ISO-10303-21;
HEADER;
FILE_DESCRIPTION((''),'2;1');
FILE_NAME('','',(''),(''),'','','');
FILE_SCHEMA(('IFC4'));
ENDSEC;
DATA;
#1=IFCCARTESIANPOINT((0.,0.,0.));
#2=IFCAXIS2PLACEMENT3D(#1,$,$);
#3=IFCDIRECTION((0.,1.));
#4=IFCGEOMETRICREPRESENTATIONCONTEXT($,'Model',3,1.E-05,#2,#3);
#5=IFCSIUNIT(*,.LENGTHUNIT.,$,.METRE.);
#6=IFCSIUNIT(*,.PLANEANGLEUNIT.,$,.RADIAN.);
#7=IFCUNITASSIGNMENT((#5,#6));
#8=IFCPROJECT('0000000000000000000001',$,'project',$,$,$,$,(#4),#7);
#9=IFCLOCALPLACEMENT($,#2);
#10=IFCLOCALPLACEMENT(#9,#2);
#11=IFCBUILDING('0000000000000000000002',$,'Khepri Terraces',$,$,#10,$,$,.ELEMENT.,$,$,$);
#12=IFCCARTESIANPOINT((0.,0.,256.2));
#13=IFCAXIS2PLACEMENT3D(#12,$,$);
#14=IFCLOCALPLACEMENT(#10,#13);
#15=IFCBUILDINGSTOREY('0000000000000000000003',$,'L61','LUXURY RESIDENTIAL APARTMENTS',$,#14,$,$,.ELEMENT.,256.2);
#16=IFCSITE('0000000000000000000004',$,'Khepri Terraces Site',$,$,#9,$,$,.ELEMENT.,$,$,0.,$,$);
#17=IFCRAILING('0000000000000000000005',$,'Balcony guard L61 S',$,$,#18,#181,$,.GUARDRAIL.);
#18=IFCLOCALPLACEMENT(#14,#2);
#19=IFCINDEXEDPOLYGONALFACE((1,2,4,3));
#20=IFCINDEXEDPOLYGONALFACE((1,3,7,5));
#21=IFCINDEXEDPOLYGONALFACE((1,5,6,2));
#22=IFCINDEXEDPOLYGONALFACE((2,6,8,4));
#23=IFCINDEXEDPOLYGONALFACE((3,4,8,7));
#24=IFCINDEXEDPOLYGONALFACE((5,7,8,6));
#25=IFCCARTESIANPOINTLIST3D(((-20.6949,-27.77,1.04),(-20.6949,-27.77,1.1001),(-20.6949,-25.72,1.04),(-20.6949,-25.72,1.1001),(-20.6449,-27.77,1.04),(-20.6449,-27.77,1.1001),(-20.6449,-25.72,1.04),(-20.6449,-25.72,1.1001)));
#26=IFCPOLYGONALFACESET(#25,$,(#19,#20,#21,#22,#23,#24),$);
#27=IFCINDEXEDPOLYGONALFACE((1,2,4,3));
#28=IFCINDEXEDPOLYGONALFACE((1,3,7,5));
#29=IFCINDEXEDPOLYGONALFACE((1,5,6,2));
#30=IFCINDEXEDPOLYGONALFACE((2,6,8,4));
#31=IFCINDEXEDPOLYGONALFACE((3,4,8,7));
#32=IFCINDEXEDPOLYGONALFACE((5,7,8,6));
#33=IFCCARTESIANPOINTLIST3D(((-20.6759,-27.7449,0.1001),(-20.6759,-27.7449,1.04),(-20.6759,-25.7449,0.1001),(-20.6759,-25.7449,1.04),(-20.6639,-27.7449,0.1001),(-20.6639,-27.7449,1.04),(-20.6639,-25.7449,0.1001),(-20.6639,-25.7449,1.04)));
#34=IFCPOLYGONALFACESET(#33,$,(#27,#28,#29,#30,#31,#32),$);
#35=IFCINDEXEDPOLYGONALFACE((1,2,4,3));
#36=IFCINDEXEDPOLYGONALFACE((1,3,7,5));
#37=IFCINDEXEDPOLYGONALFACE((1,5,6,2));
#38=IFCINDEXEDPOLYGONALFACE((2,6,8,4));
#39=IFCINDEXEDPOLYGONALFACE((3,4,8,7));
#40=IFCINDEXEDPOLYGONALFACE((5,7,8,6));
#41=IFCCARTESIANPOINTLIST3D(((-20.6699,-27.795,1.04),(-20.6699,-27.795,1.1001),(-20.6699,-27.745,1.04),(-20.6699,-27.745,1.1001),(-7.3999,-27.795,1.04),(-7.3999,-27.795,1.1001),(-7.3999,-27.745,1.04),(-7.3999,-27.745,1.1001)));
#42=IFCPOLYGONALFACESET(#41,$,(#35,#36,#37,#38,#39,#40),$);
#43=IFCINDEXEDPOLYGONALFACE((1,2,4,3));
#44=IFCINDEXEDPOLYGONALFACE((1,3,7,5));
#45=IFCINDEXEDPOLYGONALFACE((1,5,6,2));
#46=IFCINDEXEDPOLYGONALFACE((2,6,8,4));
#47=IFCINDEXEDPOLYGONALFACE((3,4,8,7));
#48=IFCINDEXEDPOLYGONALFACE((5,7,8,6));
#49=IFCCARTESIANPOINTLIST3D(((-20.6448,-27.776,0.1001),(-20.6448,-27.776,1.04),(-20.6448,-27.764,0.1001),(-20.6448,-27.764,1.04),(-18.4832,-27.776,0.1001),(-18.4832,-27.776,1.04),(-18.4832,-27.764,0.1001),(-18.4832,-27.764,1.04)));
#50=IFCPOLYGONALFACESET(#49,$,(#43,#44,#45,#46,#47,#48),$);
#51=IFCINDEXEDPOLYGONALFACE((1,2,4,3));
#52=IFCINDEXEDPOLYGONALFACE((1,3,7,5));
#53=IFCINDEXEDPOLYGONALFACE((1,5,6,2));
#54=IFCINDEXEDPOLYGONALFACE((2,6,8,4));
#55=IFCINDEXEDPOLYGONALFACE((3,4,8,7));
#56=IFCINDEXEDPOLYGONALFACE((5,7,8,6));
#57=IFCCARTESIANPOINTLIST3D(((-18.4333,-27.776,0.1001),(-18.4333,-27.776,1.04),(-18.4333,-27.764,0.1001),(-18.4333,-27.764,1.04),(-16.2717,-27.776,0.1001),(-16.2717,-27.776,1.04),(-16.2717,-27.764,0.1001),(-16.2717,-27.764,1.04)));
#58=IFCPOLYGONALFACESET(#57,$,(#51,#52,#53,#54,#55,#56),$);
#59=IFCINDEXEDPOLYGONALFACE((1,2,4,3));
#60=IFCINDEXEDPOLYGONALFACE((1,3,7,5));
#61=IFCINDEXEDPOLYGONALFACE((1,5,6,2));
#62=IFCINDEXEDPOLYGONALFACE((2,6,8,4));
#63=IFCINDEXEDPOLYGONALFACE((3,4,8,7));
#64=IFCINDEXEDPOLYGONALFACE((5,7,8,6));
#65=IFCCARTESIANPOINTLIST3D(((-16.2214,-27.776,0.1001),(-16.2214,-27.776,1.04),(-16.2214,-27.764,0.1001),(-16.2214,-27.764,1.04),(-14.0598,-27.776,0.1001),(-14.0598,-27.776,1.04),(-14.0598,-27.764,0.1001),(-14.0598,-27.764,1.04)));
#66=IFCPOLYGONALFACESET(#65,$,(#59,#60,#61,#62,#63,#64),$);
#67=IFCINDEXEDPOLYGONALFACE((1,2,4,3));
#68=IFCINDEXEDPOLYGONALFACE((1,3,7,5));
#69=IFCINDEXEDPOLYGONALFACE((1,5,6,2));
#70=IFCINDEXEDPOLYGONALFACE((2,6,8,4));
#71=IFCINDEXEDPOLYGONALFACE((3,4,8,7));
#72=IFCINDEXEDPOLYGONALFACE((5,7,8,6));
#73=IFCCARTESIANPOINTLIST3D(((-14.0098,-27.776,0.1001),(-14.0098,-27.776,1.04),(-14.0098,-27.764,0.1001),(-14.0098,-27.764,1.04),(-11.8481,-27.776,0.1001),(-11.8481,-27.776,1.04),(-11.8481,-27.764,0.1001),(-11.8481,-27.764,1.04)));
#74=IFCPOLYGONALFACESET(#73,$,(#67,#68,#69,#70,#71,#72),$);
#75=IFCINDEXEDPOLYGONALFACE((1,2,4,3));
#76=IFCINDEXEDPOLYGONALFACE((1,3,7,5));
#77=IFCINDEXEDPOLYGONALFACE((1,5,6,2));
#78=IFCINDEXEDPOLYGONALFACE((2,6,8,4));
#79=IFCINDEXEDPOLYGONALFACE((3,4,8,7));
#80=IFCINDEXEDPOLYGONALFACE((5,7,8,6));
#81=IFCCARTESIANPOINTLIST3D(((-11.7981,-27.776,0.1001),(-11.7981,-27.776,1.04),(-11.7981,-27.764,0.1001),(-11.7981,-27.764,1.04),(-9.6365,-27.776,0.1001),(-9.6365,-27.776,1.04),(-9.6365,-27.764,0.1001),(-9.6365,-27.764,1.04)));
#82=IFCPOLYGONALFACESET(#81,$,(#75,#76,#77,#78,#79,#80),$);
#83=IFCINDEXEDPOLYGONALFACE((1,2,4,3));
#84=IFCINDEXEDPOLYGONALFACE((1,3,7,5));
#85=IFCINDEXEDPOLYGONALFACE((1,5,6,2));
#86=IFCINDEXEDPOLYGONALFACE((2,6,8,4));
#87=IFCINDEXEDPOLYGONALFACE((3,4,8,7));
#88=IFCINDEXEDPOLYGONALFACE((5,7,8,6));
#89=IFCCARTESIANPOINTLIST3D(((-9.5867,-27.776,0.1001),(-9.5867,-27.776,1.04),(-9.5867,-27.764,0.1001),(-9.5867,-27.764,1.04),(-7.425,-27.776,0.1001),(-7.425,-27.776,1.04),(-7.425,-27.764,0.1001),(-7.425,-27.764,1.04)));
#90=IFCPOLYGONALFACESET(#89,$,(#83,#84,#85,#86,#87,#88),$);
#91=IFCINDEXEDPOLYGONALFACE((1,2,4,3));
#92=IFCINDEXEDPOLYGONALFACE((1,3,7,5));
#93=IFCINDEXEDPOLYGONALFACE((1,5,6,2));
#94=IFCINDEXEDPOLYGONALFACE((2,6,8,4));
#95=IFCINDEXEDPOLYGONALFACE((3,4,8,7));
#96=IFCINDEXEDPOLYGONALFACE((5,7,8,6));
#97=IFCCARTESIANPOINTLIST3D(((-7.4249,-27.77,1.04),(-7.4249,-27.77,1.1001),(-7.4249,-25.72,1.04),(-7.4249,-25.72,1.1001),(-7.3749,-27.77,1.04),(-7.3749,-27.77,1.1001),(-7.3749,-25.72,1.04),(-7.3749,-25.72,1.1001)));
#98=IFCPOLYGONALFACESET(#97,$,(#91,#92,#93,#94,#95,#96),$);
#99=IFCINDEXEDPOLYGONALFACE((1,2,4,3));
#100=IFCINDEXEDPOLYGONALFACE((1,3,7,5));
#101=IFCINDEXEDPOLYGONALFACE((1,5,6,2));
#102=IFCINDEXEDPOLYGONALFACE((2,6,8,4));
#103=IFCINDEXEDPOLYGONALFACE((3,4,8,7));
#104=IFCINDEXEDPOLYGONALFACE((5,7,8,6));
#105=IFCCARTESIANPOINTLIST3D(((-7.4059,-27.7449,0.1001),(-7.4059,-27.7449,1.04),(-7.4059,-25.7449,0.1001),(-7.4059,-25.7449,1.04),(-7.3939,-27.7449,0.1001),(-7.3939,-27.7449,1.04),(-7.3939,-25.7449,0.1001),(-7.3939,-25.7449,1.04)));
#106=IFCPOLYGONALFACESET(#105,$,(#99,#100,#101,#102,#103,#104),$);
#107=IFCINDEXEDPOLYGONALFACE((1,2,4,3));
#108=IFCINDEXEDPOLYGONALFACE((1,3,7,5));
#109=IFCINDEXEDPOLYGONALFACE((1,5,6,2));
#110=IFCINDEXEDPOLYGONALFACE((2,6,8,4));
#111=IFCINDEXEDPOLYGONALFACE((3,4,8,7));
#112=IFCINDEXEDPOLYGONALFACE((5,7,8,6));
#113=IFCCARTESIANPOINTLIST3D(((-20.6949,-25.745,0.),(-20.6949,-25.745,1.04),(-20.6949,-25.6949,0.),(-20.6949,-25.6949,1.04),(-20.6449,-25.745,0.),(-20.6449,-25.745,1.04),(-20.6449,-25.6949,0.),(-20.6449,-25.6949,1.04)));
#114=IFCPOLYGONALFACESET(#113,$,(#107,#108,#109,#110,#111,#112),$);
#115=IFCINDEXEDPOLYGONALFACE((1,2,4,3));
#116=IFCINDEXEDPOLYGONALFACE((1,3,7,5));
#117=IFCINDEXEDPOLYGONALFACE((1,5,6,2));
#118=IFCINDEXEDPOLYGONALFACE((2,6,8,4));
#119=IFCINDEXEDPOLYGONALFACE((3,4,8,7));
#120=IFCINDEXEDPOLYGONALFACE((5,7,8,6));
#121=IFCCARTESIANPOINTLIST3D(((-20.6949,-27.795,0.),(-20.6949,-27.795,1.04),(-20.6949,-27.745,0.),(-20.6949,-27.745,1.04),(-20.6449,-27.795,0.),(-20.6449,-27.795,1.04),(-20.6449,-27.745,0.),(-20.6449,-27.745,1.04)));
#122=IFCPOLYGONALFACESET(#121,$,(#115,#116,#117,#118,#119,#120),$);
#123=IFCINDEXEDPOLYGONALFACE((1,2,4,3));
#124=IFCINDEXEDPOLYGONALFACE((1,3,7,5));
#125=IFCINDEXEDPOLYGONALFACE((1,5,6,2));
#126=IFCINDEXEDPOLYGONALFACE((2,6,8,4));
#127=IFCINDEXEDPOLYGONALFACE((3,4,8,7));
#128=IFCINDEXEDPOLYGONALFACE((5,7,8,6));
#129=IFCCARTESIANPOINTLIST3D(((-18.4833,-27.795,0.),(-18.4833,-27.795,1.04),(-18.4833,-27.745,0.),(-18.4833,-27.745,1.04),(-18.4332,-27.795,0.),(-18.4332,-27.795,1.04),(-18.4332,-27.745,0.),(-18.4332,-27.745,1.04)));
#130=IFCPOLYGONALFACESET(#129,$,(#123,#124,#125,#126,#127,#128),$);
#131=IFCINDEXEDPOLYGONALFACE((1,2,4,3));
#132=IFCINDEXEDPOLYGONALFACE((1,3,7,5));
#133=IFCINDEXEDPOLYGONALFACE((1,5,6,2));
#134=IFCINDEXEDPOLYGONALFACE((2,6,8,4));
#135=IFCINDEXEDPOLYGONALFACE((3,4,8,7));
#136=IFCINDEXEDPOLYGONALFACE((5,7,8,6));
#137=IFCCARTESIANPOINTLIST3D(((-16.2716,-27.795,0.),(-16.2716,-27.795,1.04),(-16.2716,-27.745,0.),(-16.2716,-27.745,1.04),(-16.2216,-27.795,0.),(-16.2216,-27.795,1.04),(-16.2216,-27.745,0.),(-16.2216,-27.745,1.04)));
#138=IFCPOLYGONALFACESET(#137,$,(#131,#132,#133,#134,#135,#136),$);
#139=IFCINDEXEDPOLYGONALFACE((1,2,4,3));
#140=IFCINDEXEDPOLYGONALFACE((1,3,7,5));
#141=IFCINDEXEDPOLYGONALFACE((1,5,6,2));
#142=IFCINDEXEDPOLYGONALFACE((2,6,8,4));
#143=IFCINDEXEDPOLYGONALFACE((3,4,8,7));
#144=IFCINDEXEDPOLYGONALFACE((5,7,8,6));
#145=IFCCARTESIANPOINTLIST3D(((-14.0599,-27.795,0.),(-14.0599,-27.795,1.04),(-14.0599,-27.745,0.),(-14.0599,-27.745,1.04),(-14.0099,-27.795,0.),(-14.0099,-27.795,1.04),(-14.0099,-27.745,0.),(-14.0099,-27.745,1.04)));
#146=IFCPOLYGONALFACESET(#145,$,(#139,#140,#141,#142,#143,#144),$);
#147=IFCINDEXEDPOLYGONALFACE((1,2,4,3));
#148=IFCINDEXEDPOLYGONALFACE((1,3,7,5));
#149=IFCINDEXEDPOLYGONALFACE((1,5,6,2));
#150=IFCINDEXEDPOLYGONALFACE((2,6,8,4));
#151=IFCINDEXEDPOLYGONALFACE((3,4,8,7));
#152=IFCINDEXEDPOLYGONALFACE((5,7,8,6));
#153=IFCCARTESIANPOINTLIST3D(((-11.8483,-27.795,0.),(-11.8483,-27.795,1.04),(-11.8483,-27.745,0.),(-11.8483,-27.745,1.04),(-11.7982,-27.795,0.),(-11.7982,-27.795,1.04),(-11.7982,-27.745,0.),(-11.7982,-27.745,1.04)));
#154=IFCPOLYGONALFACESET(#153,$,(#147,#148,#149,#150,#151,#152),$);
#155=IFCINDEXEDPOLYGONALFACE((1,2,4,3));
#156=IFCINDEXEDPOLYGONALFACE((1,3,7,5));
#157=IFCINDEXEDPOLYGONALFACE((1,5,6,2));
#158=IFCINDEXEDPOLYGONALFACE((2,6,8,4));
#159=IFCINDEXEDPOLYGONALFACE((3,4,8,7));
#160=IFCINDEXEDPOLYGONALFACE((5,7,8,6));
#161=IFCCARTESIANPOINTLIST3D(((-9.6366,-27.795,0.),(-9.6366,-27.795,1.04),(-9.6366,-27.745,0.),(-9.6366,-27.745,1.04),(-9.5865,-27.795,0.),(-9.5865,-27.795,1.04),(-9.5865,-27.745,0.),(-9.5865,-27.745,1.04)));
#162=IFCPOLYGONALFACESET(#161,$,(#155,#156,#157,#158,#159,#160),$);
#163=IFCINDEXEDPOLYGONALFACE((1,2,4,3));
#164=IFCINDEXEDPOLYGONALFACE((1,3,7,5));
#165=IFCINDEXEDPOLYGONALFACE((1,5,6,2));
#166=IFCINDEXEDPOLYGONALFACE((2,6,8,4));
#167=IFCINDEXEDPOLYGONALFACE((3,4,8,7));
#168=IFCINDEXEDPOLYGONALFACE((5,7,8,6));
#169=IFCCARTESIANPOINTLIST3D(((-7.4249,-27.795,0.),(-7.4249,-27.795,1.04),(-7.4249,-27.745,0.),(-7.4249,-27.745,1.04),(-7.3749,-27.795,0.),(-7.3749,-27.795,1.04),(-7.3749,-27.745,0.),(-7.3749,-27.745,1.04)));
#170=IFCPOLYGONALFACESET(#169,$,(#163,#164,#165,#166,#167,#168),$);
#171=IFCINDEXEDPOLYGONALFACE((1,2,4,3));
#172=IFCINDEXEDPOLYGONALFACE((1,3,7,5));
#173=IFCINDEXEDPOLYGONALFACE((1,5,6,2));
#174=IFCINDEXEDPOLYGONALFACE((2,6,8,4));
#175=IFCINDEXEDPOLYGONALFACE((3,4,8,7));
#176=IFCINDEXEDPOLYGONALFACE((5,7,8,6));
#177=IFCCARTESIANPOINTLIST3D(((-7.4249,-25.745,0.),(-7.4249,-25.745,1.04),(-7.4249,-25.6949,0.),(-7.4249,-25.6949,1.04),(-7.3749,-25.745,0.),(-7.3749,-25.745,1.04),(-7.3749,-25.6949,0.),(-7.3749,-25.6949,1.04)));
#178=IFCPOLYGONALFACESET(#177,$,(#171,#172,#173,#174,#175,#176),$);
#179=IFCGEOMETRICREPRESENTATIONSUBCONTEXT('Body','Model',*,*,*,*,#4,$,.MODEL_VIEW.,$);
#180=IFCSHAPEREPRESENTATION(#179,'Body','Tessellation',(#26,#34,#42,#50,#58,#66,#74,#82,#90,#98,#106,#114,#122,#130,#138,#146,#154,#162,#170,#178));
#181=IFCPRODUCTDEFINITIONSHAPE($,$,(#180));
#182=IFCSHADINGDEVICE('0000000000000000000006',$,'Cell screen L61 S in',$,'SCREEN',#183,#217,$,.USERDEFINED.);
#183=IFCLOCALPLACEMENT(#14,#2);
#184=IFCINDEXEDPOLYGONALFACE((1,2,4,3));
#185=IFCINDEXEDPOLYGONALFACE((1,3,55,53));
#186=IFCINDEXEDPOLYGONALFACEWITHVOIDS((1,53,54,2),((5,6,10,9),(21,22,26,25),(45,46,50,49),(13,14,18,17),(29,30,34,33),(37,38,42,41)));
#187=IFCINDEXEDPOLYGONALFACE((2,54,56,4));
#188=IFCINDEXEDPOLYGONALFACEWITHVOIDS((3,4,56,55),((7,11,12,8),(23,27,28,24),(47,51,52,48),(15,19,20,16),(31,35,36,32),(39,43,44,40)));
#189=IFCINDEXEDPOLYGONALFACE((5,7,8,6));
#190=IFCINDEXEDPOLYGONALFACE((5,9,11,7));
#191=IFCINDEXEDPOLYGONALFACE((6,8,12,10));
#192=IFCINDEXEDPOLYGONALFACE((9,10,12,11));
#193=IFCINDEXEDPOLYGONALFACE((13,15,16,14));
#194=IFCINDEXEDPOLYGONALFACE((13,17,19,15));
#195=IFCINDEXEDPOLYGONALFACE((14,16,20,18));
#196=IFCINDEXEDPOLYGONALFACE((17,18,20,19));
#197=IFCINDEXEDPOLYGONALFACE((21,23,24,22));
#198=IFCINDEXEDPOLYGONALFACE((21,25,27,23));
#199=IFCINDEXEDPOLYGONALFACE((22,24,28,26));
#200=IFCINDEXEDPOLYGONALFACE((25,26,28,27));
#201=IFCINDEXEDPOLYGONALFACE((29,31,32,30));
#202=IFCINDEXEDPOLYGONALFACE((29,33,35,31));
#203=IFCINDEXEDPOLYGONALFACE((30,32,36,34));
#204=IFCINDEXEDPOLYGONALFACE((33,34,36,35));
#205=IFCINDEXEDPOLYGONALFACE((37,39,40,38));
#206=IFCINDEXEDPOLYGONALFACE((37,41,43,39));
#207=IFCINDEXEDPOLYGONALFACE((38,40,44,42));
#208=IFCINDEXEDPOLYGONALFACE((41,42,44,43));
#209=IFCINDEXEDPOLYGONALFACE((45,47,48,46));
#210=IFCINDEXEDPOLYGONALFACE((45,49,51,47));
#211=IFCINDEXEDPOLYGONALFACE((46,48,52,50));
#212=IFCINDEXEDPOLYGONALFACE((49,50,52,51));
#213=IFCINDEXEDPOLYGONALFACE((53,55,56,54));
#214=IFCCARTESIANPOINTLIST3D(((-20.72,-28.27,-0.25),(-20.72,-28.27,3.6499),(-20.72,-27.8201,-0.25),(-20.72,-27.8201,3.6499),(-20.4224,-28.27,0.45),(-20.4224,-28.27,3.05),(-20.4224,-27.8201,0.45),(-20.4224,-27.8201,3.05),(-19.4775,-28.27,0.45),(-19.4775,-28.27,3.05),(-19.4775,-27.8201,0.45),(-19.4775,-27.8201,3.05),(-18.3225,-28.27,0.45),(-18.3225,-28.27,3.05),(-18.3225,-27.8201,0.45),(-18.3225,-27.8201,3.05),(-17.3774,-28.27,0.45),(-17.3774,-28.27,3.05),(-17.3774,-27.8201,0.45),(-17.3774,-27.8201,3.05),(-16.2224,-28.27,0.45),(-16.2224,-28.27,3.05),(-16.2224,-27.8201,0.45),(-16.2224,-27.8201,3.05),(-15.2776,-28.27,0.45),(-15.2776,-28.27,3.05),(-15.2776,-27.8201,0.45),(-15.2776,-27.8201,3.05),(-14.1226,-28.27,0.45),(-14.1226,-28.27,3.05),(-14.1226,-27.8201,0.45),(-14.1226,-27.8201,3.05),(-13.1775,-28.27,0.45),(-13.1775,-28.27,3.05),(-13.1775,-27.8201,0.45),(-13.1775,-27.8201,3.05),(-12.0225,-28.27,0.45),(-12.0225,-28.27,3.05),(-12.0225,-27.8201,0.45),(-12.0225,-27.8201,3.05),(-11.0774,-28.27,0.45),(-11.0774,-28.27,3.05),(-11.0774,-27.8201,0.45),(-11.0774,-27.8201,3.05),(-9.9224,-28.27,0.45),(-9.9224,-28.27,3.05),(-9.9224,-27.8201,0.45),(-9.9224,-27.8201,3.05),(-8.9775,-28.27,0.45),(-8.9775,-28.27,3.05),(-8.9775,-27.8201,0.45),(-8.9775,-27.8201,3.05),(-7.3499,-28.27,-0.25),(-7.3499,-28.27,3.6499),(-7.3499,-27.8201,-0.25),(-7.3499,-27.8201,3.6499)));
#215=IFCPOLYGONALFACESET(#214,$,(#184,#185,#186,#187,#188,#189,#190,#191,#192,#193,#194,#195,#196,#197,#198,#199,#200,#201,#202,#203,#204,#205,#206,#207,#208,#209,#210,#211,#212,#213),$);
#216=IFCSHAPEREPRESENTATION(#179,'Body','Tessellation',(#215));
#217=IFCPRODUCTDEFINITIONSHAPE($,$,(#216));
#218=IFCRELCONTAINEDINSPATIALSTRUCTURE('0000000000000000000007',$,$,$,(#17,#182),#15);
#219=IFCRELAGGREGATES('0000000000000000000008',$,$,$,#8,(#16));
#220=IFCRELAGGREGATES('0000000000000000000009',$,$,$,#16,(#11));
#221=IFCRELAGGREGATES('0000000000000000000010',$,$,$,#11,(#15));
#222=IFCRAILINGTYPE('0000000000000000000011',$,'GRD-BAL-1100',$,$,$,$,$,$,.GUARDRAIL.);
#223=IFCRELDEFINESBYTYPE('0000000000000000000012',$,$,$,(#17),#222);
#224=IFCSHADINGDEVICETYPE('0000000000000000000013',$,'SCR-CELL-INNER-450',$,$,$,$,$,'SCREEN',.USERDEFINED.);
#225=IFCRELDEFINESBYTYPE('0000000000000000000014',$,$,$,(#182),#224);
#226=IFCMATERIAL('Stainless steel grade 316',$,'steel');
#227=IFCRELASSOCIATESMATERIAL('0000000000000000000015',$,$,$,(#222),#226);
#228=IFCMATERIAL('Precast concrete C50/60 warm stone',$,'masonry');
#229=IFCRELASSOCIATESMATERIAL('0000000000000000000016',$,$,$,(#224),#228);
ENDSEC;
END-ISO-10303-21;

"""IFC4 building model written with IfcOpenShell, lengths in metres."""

from ifc_helpers import new_model, si_unit, direction, frame, origin, origin_2d, place, context, subcontext, project, spatial, polyline, rectangle, outline, extrude, material, type_object, element, save


model = new_model("IFC4")

# Units and contexts
model_context = context("Model", 3, precision=1e-05, world=origin(), true_north=direction((0.0, 1.0)))
body_context = subcontext(model_context, "Body", "Model", "MODEL_VIEW")
ifc_project = project(units=[si_unit("LENGTHUNIT", "METRE"), si_unit("PLANEANGLEUNIT", "RADIAN")], contexts=[model_context])

# Site, building, storey
site_placement = place(None, origin())
site = spatial("IfcSite", under=ifc_project, at=site_placement, Name="Khepri Terraces Site", CompositionType="ELEMENT", RefElevation=0.0)
building_placement = place(site_placement, origin())
building = spatial("IfcBuilding", under=site, at=building_placement, Name="Khepri Terraces", CompositionType="ELEMENT")
storey_placement = place(building_placement, frame((0.0, 0.0, 256.2)))
storey = spatial("IfcBuildingStorey", under=building, at=storey_placement, Name="L61", Description="LUXURY RESIDENTIAL APARTMENTS", CompositionType="ELEMENT", Elevation=256.2)

# Shared definitions
ifc_material_1 = material(Name="Precast concrete C50/60 warm stone", Category="masonry")

# Railing
ifc_material_2 = material(Name="Stainless steel grade 316", Category="steel")
railing_type = type_object("IfcRailingType", Name="GRD-BAL-1100", PredefinedType="GUARDRAIL", material=ifc_material_2)
railing_placement = place(storey_placement, frame((-20.6699, -25.72, 0.0)))
element("IfcRailing", 1, at=railing_placement, inside=storey, type_object=railing_type, Name="Balcony guard L61 S", PredefinedType="GUARDRAIL", context=body_context, shape_type="SweptSolid", body=[
    extrude(rectangle(XDim=0.05, YDim=0.0601, at=origin_2d()), frame((0.0, 0.0, 1.0701), z_axis=(0.0, -1.0, 0.0), x_axis=(1.0, 0.0, 0.0)), (0.0, 0.0, 1.0), 2.05),
    extrude(rectangle(XDim=2.0, YDim=0.012, at=origin_2d()), frame((0.0, -1.0249, 0.1001), z_axis=(0.0, 0.0, 1.0), x_axis=(0.0, -1.0, 0.0)), (0.0, 0.0, 1.0), 0.9399),
    extrude(rectangle(XDim=0.05, YDim=0.0601, at=origin_2d()), frame((0.0, -2.05, 1.0701), z_axis=(1.0, 0.0, 0.0), x_axis=(0.0, 1.0, 0.0)), (0.0, 0.0, 1.0), 13.27),
    extrude(rectangle(XDim=2.1616, YDim=0.012, at=origin_2d()), frame((1.106, -2.05, 0.1001), z_axis=(0.0, 0.0, 1.0), x_axis=(1.0, 0.0, 0.0)), (0.0, 0.0, 1.0), 0.9399),
    extrude(rectangle(XDim=2.1616, YDim=0.012, at=origin_2d()), frame((3.3174, -2.05, 0.1001), z_axis=(0.0, 0.0, 1.0), x_axis=(1.0, 0.0, 0.0)), (0.0, 0.0, 1.0), 0.9399),
    extrude(rectangle(XDim=2.1616, YDim=0.012, at=origin_2d()), frame((5.5293, -2.05, 0.1001), z_axis=(0.0, 0.0, 1.0), x_axis=(1.0, 0.0, 0.0)), (0.0, 0.0, 1.0), 0.9399),
    extrude(rectangle(XDim=2.1616, YDim=0.012, at=origin_2d()), frame((7.741, -2.05, 0.1001), z_axis=(0.0, 0.0, 1.0), x_axis=(1.0, 0.0, 0.0)), (0.0, 0.0, 1.0), 0.9399),
    extrude(rectangle(XDim=2.1616, YDim=0.012, at=origin_2d()), frame((9.9526, -2.05, 0.1001), z_axis=(0.0, 0.0, 1.0), x_axis=(1.0, 0.0, 0.0)), (0.0, 0.0, 1.0), 0.9399),
    extrude(rectangle(XDim=2.1616, YDim=0.012, at=origin_2d()), frame((12.1641, -2.05, 0.1001), z_axis=(0.0, 0.0, 1.0), x_axis=(1.0, 0.0, 0.0)), (0.0, 0.0, 1.0), 0.9399),
    extrude(rectangle(XDim=0.05, YDim=0.0601, at=origin_2d()), frame((13.27, -2.05, 1.0701), z_axis=(0.0, 1.0, 0.0), x_axis=(-1.0, 0.0, 0.0)), (0.0, 0.0, 1.0), 2.05),
    extrude(rectangle(XDim=2.0, YDim=0.012, at=origin_2d()), frame((13.27, -1.0249, 0.1001), z_axis=(0.0, 0.0, 1.0), x_axis=(0.0, 1.0, 0.0)), (0.0, 0.0, 1.0), 0.9399),
    extrude(rectangle(XDim=0.05, YDim=0.05, at=origin_2d()), origin(), (0.0, 0.0, 1.0), 1.04),
    extrude(rectangle(XDim=0.05, YDim=0.05, at=origin_2d()), frame((0.0, -2.05, 0.0)), (0.0, 0.0, 1.0), 1.04),
    extrude(rectangle(XDim=0.05, YDim=0.05, at=origin_2d()), frame((2.2117, -2.05, 0.0)), (0.0, 0.0, 1.0), 1.04),
    extrude(rectangle(XDim=0.05, YDim=0.05, at=origin_2d()), frame((4.4233, -2.05, 0.0)), (0.0, 0.0, 1.0), 1.04),
    extrude(rectangle(XDim=0.05, YDim=0.05, at=origin_2d()), frame((6.635, -2.05, 0.0)), (0.0, 0.0, 1.0), 1.04),
    extrude(rectangle(XDim=0.05, YDim=0.05, at=origin_2d()), frame((8.8467, -2.05, 0.0)), (0.0, 0.0, 1.0), 1.04),
    extrude(rectangle(XDim=0.05, YDim=0.05, at=origin_2d()), frame((11.0583, -2.05, 0.0)), (0.0, 0.0, 1.0), 1.04),
    extrude(rectangle(XDim=0.05, YDim=0.05, at=origin_2d()), frame((13.27, -2.05, 0.0)), (0.0, 0.0, 1.0), 1.04),
    extrude(rectangle(XDim=0.05, YDim=0.05, at=origin_2d()), frame((13.27, 0.0, 0.0)), (0.0, 0.0, 1.0), 1.04),
])

# Shading device
shading_device_type_1 = type_object("IfcShadingDeviceType", Name="SCR-CELL-INNER-450", ElementType="SCREEN", PredefinedType="USERDEFINED", material=ifc_material_1)
shading_device_1_placement = place(storey_placement, frame((-20.72, -27.8201, -0.25), z_axis=(0.0, -1.0, 0.0), x_axis=(1.0, 0.0, 0.0)))
element("IfcShadingDevice", 2, at=shading_device_1_placement, inside=storey, type_object=shading_device_type_1, Name="Cell screen L61 S in", ObjectType="SCREEN", PredefinedType="USERDEFINED", context=body_context, shape_type="SweptSolid", body=[
    extrude(outline(polyline([(0.0, 0.0), (13.3701, 0.0), (13.3701, 3.8999), (0.0, 3.8999), (0.0, 0.0)]), holes=[polyline([(0.2976, 0.7), (1.2424, 0.7), (1.2424, 3.3), (0.2976, 3.3), (0.2976, 0.7)]), polyline([(2.3975, 0.7), (3.3425, 0.7), (3.3425, 3.3), (2.3975, 3.3), (2.3975, 0.7)]), polyline([(4.4976, 0.7), (5.4424, 0.7), (5.4424, 3.3), (4.4976, 3.3), (4.4976, 0.7)]), polyline([(6.5974, 0.7), (7.5425, 0.7), (7.5425, 3.3), (6.5974, 3.3), (6.5974, 0.7)]), polyline([(8.6975, 0.7), (9.6426, 0.7), (9.6426, 3.3), (8.6975, 3.3), (8.6975, 0.7)]), polyline([(10.7976, 0.7), (11.7424, 0.7), (11.7424, 3.3), (10.7976, 3.3), (10.7976, 0.7)])]), origin(), (0.0, 0.0, 1.0), 0.45),
])

save(model, "model.ifc")
